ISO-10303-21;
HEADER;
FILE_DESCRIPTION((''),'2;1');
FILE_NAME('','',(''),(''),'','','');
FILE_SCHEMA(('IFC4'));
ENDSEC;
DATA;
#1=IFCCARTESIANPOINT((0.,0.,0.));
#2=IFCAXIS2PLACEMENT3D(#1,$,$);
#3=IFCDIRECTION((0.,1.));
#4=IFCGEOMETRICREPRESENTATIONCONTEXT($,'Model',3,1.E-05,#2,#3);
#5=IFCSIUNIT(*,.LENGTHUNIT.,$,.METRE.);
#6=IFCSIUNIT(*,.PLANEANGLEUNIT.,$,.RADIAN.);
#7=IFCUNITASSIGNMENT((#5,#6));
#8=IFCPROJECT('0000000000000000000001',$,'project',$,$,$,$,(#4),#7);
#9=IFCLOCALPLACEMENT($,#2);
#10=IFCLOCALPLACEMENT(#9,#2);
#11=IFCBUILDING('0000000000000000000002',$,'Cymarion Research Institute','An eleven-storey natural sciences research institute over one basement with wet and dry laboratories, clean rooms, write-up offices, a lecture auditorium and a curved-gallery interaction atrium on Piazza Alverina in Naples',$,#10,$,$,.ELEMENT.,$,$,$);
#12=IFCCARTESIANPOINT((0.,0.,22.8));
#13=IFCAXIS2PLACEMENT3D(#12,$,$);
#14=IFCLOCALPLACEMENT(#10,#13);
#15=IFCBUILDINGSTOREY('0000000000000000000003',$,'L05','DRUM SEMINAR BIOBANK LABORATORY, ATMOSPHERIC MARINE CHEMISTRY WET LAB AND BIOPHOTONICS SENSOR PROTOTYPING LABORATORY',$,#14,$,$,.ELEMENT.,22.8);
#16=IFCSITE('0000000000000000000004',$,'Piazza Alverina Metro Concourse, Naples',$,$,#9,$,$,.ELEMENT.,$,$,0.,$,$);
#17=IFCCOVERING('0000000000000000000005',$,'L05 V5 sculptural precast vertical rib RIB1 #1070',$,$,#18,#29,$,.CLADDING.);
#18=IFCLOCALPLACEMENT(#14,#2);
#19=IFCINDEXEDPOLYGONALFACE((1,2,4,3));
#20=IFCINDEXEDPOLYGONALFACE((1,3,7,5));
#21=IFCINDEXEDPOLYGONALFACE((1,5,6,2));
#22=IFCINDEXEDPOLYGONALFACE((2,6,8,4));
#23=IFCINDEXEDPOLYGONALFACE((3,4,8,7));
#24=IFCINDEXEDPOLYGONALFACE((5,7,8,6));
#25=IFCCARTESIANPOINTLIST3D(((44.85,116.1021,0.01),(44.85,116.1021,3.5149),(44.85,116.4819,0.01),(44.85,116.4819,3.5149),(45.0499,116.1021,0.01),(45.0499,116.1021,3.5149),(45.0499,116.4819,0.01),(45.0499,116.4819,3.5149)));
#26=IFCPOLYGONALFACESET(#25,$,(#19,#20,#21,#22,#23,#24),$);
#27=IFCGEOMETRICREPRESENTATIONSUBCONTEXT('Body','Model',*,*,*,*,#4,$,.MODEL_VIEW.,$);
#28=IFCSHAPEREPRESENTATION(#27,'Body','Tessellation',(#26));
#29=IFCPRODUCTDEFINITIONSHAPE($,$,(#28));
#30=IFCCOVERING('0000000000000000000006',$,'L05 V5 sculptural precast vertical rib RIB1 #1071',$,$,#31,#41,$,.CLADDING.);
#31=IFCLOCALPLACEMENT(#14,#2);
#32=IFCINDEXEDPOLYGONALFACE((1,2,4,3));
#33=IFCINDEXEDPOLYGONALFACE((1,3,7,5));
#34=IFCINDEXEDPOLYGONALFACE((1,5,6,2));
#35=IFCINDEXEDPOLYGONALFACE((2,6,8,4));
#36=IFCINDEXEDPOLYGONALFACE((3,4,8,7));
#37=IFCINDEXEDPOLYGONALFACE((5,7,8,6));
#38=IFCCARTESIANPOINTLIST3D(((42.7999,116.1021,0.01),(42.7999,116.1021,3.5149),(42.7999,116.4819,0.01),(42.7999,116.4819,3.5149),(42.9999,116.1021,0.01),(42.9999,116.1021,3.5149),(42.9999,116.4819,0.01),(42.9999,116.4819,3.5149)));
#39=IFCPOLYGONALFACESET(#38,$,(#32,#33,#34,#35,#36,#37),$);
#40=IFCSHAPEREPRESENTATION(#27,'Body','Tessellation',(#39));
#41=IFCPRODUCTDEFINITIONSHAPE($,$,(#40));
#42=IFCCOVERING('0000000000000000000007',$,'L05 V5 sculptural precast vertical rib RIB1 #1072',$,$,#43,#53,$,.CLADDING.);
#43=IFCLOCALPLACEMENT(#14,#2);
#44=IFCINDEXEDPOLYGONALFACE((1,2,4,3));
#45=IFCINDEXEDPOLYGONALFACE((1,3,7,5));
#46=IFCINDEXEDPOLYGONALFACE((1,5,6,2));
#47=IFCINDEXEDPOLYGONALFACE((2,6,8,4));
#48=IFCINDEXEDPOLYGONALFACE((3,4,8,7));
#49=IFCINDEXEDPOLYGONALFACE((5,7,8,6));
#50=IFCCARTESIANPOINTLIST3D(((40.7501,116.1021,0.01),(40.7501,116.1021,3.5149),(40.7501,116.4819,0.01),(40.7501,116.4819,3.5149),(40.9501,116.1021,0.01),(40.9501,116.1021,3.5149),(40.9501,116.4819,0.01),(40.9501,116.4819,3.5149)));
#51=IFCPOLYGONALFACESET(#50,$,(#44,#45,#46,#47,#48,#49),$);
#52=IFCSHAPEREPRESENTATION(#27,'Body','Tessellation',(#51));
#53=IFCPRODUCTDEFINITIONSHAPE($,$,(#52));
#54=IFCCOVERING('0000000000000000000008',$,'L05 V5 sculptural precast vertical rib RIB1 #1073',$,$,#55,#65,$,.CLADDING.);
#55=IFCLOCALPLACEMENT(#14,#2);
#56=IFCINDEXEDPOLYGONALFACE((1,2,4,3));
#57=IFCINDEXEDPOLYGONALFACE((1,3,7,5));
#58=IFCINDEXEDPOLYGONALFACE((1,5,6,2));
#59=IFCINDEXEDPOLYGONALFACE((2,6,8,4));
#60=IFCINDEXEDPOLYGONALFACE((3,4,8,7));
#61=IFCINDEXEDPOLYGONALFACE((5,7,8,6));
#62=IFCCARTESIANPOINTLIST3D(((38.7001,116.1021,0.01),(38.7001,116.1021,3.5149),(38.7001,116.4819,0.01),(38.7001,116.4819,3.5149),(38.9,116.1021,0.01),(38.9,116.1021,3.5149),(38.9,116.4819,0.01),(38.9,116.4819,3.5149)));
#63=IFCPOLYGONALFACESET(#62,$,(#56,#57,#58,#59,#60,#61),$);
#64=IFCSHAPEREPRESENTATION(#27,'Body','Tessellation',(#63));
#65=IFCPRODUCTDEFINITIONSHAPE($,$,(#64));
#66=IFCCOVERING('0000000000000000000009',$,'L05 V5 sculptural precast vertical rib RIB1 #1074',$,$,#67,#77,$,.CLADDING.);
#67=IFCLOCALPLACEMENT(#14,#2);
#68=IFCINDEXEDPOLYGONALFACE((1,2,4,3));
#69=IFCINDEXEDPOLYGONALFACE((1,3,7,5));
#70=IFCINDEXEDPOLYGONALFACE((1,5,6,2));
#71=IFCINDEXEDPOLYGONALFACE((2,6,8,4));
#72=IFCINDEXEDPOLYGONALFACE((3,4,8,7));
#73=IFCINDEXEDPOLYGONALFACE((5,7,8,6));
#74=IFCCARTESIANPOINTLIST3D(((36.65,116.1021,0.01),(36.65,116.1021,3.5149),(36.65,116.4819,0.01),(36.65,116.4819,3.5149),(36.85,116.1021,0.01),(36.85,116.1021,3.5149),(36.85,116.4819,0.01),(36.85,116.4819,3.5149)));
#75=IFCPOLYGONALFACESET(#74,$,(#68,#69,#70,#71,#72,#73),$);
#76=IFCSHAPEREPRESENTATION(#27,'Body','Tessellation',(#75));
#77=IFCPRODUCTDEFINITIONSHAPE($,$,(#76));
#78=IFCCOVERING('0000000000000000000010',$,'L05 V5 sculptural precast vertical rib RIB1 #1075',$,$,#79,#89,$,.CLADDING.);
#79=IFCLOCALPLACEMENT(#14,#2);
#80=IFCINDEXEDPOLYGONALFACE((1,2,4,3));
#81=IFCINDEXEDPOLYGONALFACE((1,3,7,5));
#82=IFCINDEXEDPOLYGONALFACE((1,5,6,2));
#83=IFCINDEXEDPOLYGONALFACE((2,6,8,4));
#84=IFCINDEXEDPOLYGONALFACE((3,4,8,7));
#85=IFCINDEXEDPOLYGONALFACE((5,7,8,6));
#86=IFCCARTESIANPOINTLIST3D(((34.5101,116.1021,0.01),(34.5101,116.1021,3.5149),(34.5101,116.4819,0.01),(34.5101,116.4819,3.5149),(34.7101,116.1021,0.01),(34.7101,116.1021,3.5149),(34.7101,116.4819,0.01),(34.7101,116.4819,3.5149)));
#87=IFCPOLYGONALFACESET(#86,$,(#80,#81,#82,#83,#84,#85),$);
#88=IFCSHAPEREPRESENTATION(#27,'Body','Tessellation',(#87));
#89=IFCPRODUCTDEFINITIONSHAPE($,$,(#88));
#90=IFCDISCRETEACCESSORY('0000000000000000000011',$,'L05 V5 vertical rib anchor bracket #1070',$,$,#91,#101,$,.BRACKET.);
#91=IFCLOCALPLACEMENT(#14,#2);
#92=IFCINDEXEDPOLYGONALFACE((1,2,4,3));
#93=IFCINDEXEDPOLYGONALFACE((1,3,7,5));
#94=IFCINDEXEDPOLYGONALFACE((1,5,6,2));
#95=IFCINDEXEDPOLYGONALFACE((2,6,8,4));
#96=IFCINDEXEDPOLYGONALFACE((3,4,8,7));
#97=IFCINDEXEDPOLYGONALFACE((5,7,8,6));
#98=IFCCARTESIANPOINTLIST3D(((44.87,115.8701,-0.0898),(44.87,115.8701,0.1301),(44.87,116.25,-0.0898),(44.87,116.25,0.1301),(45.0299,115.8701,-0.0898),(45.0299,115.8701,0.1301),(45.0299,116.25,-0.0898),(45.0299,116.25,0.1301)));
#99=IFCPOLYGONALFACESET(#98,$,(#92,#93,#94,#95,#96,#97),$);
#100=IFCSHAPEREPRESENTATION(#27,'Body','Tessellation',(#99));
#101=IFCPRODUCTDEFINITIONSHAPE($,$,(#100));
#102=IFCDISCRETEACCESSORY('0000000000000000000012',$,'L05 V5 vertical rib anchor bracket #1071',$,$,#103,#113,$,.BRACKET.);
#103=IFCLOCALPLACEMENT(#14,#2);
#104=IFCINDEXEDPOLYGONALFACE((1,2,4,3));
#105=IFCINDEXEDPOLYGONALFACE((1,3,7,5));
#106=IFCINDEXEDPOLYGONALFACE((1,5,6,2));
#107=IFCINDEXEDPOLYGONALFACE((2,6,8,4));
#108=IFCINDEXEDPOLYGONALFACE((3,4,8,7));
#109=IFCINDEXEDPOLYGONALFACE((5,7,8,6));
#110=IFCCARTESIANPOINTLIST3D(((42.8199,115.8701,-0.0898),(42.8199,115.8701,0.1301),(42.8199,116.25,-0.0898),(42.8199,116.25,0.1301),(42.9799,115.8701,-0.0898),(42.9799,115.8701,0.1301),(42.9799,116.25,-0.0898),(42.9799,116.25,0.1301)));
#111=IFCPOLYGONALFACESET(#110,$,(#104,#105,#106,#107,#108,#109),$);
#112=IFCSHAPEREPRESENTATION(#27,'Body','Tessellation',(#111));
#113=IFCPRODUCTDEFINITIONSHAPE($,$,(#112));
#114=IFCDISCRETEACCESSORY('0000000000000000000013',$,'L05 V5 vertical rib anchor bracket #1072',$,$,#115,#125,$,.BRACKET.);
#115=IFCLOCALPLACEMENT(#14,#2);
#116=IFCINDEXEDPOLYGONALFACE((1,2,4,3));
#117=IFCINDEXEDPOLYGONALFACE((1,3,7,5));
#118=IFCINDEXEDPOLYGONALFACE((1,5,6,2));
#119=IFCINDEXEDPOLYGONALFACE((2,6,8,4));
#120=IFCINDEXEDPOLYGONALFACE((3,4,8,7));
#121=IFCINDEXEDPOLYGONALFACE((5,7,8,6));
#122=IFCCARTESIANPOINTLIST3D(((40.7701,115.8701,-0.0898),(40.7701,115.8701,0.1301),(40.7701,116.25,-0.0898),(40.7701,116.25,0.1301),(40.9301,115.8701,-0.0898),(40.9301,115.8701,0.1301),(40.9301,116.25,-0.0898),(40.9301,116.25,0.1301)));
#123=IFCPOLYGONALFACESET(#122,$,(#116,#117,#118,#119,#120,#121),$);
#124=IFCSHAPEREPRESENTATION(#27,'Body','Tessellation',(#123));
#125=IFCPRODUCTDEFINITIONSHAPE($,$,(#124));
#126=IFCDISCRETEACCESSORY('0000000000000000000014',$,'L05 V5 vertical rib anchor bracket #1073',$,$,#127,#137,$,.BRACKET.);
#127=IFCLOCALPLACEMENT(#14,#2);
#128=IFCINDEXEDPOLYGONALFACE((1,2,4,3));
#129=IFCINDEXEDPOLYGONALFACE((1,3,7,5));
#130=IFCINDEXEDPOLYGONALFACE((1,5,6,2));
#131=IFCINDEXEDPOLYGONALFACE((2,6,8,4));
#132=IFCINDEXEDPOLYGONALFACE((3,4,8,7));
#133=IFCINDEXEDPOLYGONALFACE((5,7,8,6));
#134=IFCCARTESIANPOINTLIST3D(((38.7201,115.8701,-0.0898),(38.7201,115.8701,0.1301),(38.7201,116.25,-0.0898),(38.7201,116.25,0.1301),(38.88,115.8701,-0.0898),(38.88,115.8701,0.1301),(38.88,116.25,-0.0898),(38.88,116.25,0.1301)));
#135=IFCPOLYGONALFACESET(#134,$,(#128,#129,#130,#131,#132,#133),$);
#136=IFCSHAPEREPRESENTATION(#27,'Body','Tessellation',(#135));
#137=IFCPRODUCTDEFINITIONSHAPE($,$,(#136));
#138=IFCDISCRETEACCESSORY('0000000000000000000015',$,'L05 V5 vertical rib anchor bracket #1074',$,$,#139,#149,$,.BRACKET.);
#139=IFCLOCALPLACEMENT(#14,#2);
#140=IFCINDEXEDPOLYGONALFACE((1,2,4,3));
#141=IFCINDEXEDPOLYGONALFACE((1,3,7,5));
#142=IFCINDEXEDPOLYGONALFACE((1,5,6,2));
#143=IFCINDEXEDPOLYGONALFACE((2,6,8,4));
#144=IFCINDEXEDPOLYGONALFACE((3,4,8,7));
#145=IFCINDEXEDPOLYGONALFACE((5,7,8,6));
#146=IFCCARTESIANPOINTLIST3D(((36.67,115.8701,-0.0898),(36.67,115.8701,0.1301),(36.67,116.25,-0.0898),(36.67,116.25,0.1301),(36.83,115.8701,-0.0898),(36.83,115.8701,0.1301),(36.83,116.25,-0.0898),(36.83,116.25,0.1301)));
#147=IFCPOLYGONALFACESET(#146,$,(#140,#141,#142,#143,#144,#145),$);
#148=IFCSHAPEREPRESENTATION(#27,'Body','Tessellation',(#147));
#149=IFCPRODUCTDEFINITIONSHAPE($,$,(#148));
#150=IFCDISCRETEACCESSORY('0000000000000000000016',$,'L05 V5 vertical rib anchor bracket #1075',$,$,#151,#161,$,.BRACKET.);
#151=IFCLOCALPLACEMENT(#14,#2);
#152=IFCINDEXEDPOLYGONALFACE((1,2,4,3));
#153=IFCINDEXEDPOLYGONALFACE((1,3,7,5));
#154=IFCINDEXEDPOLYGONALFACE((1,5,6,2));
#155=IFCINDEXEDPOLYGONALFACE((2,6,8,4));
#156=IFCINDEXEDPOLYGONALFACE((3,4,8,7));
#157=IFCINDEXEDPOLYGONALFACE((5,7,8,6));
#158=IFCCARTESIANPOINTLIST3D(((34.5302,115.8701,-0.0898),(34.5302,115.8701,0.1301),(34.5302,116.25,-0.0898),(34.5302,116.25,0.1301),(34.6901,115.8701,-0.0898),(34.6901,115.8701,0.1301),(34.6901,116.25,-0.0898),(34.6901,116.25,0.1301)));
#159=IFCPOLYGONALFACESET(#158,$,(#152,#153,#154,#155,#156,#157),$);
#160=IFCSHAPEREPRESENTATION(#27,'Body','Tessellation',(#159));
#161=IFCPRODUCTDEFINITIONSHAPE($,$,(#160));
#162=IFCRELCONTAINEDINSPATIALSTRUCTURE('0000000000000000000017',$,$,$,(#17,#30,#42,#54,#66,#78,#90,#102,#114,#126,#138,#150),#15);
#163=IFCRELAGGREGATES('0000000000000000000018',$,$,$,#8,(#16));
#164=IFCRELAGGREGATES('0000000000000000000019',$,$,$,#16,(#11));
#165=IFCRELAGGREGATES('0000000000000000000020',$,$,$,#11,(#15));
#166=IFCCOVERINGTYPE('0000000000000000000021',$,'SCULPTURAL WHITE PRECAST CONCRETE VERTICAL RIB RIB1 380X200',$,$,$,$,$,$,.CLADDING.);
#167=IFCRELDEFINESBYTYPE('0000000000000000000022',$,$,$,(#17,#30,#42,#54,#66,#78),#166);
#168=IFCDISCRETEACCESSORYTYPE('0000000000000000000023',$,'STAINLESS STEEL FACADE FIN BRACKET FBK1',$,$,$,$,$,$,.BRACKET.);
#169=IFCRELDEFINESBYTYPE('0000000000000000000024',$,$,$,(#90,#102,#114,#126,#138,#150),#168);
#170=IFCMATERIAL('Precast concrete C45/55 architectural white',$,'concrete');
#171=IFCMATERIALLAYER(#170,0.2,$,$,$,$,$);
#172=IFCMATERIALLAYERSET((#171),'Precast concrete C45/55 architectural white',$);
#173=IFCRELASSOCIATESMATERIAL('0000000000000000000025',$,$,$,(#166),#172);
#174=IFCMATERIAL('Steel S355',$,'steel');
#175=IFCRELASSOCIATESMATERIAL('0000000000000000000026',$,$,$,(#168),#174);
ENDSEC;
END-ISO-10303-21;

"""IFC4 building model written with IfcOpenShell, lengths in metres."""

from ifc_helpers import new_model, si_unit, direction, frame, origin, origin_2d, place, context, subcontext, project, spatial, rectangle, extrude, material, layer, layer_set, type_object, element, save


model = new_model("IFC4")

# Units and contexts
model_context = context("Model", 3, precision=1e-05, world=origin(), true_north=direction((0.0, 1.0)))
body_context = subcontext(model_context, "Body", "Model", "MODEL_VIEW")
ifc_project = project(units=[si_unit("LENGTHUNIT", "METRE"), si_unit("PLANEANGLEUNIT", "RADIAN")], contexts=[model_context])

# Site, building, storey
site_placement = place(None, origin())
site = spatial("IfcSite", under=ifc_project, at=site_placement, Name="Piazza Alverina Metro Concourse, Naples", CompositionType="ELEMENT", RefElevation=0.0)
building_placement = place(site_placement, origin())
building = spatial("IfcBuilding", under=site, at=building_placement, Name="Cymarion Research Institute", Description="An eleven-storey natural sciences research institute over one basement with wet and dry laboratories, clean rooms, write-up offices, a lecture auditorium and a curved-gallery interaction atrium on Piazza Alverina in Naples", CompositionType="ELEMENT")
storey_placement = place(building_placement, frame((0.0, 0.0, 22.8)))
storey = spatial("IfcBuildingStorey", under=building, at=storey_placement, Name="L05", Description="DRUM SEMINAR BIOBANK LABORATORY, ATMOSPHERIC MARINE CHEMISTRY WET LAB AND BIOPHOTONICS SENSOR PROTOTYPING LABORATORY", CompositionType="ELEMENT", Elevation=22.8)

# Shared definitions
ifc_material_1 = material(Name="Steel S355", Category="steel")

# Coverings
ifc_material_2 = material(Name="Precast concrete C45/55 architectural white", Category="concrete")
ifc_layer_1 = layer(ifc_material_2, 0.2)
ifc_layer_set_1 = layer_set([ifc_layer_1], Name="Precast concrete C45/55 architectural white")
covering_type = type_object("IfcCoveringType", Name="SCULPTURAL WHITE PRECAST CONCRETE VERTICAL RIB RIB1 380X200", PredefinedType="CLADDING", material=ifc_layer_set_1)
for number, where, z_axis, x_axis, name in (
    (1, (44.95, 116.292, 0.01), (0.0, 0.0, 1.0), (0.0, 1.0, 0.0), "L05 V5 sculptural precast vertical rib RIB1 #1070"),
    (2, (42.8999, 116.292, 0.01), (0.0, 0.0, 1.0), (0.0, 1.0, 0.0), "L05 V5 sculptural precast vertical rib RIB1 #1071"),
    (3, (40.8501, 116.292, 0.01), (0.0, 0.0, 1.0), (0.0, 1.0, 0.0), "L05 V5 sculptural precast vertical rib RIB1 #1072"),
    (4, (38.8, 116.292, 0.01), (0.0, 0.0, 1.0), (0.0, 1.0, 0.0), "L05 V5 sculptural precast vertical rib RIB1 #1073"),
    (5, (36.75, 116.292, 0.01), (0.0, 0.0, 1.0), (0.0, 1.0, 0.0), "L05 V5 sculptural precast vertical rib RIB1 #1074"),
    (6, (34.6101, 116.292, 0.01), (0.0, 0.0, 1.0), (0.0, 1.0, 0.0), "L05 V5 sculptural precast vertical rib RIB1 #1075"),
):
    element("IfcCovering", number, at=place(storey_placement, frame(where, z_axis=z_axis, x_axis=x_axis)), inside=storey, type_object=covering_type, Name=name, PredefinedType="CLADDING", context=body_context, shape_type="SweptSolid", body=[
        extrude(rectangle(XDim=0.3799, YDim=0.2, at=origin_2d()), origin(), (0.0, 0.0, 1.0), 3.5049),
    ])

# Discrete accessories
discrete_accessory_type = type_object("IfcDiscreteAccessoryType", Name="STAINLESS STEEL FACADE FIN BRACKET FBK1", PredefinedType="BRACKET", material=ifc_material_1)
for number, where, z_axis, x_axis, name in (
    (7, (44.95, 116.0601, -0.0898), (0.0, 0.0, 1.0), (0.0, 1.0, 0.0), "L05 V5 vertical rib anchor bracket #1070"),
    (8, (42.8999, 116.0601, -0.0898), (0.0, 0.0, 1.0), (0.0, 1.0, 0.0), "L05 V5 vertical rib anchor bracket #1071"),
    (9, (40.8501, 116.0601, -0.0898), (0.0, 0.0, 1.0), (0.0, 1.0, 0.0), "L05 V5 vertical rib anchor bracket #1072"),
    (10, (38.8, 116.0601, -0.0898), (0.0, 0.0, 1.0), (0.0, 1.0, 0.0), "L05 V5 vertical rib anchor bracket #1073"),
    (11, (36.75, 116.0601, -0.0898), (0.0, 0.0, 1.0), (0.0, 1.0, 0.0), "L05 V5 vertical rib anchor bracket #1074"),
    (12, (34.6101, 116.0601, -0.0898), (0.0, 0.0, 1.0), (0.0, 1.0, 0.0), "L05 V5 vertical rib anchor bracket #1075"),
):
    element("IfcDiscreteAccessory", number, at=place(storey_placement, frame(where, z_axis=z_axis, x_axis=x_axis)), inside=storey, type_object=discrete_accessory_type, Name=name, PredefinedType="BRACKET", context=body_context, shape_type="SweptSolid", body=[
        extrude(rectangle(XDim=0.3799, YDim=0.1599, at=origin_2d()), origin(), (0.0, 0.0, 1.0), 0.22),
    ])

save(model, "model.ifc")
